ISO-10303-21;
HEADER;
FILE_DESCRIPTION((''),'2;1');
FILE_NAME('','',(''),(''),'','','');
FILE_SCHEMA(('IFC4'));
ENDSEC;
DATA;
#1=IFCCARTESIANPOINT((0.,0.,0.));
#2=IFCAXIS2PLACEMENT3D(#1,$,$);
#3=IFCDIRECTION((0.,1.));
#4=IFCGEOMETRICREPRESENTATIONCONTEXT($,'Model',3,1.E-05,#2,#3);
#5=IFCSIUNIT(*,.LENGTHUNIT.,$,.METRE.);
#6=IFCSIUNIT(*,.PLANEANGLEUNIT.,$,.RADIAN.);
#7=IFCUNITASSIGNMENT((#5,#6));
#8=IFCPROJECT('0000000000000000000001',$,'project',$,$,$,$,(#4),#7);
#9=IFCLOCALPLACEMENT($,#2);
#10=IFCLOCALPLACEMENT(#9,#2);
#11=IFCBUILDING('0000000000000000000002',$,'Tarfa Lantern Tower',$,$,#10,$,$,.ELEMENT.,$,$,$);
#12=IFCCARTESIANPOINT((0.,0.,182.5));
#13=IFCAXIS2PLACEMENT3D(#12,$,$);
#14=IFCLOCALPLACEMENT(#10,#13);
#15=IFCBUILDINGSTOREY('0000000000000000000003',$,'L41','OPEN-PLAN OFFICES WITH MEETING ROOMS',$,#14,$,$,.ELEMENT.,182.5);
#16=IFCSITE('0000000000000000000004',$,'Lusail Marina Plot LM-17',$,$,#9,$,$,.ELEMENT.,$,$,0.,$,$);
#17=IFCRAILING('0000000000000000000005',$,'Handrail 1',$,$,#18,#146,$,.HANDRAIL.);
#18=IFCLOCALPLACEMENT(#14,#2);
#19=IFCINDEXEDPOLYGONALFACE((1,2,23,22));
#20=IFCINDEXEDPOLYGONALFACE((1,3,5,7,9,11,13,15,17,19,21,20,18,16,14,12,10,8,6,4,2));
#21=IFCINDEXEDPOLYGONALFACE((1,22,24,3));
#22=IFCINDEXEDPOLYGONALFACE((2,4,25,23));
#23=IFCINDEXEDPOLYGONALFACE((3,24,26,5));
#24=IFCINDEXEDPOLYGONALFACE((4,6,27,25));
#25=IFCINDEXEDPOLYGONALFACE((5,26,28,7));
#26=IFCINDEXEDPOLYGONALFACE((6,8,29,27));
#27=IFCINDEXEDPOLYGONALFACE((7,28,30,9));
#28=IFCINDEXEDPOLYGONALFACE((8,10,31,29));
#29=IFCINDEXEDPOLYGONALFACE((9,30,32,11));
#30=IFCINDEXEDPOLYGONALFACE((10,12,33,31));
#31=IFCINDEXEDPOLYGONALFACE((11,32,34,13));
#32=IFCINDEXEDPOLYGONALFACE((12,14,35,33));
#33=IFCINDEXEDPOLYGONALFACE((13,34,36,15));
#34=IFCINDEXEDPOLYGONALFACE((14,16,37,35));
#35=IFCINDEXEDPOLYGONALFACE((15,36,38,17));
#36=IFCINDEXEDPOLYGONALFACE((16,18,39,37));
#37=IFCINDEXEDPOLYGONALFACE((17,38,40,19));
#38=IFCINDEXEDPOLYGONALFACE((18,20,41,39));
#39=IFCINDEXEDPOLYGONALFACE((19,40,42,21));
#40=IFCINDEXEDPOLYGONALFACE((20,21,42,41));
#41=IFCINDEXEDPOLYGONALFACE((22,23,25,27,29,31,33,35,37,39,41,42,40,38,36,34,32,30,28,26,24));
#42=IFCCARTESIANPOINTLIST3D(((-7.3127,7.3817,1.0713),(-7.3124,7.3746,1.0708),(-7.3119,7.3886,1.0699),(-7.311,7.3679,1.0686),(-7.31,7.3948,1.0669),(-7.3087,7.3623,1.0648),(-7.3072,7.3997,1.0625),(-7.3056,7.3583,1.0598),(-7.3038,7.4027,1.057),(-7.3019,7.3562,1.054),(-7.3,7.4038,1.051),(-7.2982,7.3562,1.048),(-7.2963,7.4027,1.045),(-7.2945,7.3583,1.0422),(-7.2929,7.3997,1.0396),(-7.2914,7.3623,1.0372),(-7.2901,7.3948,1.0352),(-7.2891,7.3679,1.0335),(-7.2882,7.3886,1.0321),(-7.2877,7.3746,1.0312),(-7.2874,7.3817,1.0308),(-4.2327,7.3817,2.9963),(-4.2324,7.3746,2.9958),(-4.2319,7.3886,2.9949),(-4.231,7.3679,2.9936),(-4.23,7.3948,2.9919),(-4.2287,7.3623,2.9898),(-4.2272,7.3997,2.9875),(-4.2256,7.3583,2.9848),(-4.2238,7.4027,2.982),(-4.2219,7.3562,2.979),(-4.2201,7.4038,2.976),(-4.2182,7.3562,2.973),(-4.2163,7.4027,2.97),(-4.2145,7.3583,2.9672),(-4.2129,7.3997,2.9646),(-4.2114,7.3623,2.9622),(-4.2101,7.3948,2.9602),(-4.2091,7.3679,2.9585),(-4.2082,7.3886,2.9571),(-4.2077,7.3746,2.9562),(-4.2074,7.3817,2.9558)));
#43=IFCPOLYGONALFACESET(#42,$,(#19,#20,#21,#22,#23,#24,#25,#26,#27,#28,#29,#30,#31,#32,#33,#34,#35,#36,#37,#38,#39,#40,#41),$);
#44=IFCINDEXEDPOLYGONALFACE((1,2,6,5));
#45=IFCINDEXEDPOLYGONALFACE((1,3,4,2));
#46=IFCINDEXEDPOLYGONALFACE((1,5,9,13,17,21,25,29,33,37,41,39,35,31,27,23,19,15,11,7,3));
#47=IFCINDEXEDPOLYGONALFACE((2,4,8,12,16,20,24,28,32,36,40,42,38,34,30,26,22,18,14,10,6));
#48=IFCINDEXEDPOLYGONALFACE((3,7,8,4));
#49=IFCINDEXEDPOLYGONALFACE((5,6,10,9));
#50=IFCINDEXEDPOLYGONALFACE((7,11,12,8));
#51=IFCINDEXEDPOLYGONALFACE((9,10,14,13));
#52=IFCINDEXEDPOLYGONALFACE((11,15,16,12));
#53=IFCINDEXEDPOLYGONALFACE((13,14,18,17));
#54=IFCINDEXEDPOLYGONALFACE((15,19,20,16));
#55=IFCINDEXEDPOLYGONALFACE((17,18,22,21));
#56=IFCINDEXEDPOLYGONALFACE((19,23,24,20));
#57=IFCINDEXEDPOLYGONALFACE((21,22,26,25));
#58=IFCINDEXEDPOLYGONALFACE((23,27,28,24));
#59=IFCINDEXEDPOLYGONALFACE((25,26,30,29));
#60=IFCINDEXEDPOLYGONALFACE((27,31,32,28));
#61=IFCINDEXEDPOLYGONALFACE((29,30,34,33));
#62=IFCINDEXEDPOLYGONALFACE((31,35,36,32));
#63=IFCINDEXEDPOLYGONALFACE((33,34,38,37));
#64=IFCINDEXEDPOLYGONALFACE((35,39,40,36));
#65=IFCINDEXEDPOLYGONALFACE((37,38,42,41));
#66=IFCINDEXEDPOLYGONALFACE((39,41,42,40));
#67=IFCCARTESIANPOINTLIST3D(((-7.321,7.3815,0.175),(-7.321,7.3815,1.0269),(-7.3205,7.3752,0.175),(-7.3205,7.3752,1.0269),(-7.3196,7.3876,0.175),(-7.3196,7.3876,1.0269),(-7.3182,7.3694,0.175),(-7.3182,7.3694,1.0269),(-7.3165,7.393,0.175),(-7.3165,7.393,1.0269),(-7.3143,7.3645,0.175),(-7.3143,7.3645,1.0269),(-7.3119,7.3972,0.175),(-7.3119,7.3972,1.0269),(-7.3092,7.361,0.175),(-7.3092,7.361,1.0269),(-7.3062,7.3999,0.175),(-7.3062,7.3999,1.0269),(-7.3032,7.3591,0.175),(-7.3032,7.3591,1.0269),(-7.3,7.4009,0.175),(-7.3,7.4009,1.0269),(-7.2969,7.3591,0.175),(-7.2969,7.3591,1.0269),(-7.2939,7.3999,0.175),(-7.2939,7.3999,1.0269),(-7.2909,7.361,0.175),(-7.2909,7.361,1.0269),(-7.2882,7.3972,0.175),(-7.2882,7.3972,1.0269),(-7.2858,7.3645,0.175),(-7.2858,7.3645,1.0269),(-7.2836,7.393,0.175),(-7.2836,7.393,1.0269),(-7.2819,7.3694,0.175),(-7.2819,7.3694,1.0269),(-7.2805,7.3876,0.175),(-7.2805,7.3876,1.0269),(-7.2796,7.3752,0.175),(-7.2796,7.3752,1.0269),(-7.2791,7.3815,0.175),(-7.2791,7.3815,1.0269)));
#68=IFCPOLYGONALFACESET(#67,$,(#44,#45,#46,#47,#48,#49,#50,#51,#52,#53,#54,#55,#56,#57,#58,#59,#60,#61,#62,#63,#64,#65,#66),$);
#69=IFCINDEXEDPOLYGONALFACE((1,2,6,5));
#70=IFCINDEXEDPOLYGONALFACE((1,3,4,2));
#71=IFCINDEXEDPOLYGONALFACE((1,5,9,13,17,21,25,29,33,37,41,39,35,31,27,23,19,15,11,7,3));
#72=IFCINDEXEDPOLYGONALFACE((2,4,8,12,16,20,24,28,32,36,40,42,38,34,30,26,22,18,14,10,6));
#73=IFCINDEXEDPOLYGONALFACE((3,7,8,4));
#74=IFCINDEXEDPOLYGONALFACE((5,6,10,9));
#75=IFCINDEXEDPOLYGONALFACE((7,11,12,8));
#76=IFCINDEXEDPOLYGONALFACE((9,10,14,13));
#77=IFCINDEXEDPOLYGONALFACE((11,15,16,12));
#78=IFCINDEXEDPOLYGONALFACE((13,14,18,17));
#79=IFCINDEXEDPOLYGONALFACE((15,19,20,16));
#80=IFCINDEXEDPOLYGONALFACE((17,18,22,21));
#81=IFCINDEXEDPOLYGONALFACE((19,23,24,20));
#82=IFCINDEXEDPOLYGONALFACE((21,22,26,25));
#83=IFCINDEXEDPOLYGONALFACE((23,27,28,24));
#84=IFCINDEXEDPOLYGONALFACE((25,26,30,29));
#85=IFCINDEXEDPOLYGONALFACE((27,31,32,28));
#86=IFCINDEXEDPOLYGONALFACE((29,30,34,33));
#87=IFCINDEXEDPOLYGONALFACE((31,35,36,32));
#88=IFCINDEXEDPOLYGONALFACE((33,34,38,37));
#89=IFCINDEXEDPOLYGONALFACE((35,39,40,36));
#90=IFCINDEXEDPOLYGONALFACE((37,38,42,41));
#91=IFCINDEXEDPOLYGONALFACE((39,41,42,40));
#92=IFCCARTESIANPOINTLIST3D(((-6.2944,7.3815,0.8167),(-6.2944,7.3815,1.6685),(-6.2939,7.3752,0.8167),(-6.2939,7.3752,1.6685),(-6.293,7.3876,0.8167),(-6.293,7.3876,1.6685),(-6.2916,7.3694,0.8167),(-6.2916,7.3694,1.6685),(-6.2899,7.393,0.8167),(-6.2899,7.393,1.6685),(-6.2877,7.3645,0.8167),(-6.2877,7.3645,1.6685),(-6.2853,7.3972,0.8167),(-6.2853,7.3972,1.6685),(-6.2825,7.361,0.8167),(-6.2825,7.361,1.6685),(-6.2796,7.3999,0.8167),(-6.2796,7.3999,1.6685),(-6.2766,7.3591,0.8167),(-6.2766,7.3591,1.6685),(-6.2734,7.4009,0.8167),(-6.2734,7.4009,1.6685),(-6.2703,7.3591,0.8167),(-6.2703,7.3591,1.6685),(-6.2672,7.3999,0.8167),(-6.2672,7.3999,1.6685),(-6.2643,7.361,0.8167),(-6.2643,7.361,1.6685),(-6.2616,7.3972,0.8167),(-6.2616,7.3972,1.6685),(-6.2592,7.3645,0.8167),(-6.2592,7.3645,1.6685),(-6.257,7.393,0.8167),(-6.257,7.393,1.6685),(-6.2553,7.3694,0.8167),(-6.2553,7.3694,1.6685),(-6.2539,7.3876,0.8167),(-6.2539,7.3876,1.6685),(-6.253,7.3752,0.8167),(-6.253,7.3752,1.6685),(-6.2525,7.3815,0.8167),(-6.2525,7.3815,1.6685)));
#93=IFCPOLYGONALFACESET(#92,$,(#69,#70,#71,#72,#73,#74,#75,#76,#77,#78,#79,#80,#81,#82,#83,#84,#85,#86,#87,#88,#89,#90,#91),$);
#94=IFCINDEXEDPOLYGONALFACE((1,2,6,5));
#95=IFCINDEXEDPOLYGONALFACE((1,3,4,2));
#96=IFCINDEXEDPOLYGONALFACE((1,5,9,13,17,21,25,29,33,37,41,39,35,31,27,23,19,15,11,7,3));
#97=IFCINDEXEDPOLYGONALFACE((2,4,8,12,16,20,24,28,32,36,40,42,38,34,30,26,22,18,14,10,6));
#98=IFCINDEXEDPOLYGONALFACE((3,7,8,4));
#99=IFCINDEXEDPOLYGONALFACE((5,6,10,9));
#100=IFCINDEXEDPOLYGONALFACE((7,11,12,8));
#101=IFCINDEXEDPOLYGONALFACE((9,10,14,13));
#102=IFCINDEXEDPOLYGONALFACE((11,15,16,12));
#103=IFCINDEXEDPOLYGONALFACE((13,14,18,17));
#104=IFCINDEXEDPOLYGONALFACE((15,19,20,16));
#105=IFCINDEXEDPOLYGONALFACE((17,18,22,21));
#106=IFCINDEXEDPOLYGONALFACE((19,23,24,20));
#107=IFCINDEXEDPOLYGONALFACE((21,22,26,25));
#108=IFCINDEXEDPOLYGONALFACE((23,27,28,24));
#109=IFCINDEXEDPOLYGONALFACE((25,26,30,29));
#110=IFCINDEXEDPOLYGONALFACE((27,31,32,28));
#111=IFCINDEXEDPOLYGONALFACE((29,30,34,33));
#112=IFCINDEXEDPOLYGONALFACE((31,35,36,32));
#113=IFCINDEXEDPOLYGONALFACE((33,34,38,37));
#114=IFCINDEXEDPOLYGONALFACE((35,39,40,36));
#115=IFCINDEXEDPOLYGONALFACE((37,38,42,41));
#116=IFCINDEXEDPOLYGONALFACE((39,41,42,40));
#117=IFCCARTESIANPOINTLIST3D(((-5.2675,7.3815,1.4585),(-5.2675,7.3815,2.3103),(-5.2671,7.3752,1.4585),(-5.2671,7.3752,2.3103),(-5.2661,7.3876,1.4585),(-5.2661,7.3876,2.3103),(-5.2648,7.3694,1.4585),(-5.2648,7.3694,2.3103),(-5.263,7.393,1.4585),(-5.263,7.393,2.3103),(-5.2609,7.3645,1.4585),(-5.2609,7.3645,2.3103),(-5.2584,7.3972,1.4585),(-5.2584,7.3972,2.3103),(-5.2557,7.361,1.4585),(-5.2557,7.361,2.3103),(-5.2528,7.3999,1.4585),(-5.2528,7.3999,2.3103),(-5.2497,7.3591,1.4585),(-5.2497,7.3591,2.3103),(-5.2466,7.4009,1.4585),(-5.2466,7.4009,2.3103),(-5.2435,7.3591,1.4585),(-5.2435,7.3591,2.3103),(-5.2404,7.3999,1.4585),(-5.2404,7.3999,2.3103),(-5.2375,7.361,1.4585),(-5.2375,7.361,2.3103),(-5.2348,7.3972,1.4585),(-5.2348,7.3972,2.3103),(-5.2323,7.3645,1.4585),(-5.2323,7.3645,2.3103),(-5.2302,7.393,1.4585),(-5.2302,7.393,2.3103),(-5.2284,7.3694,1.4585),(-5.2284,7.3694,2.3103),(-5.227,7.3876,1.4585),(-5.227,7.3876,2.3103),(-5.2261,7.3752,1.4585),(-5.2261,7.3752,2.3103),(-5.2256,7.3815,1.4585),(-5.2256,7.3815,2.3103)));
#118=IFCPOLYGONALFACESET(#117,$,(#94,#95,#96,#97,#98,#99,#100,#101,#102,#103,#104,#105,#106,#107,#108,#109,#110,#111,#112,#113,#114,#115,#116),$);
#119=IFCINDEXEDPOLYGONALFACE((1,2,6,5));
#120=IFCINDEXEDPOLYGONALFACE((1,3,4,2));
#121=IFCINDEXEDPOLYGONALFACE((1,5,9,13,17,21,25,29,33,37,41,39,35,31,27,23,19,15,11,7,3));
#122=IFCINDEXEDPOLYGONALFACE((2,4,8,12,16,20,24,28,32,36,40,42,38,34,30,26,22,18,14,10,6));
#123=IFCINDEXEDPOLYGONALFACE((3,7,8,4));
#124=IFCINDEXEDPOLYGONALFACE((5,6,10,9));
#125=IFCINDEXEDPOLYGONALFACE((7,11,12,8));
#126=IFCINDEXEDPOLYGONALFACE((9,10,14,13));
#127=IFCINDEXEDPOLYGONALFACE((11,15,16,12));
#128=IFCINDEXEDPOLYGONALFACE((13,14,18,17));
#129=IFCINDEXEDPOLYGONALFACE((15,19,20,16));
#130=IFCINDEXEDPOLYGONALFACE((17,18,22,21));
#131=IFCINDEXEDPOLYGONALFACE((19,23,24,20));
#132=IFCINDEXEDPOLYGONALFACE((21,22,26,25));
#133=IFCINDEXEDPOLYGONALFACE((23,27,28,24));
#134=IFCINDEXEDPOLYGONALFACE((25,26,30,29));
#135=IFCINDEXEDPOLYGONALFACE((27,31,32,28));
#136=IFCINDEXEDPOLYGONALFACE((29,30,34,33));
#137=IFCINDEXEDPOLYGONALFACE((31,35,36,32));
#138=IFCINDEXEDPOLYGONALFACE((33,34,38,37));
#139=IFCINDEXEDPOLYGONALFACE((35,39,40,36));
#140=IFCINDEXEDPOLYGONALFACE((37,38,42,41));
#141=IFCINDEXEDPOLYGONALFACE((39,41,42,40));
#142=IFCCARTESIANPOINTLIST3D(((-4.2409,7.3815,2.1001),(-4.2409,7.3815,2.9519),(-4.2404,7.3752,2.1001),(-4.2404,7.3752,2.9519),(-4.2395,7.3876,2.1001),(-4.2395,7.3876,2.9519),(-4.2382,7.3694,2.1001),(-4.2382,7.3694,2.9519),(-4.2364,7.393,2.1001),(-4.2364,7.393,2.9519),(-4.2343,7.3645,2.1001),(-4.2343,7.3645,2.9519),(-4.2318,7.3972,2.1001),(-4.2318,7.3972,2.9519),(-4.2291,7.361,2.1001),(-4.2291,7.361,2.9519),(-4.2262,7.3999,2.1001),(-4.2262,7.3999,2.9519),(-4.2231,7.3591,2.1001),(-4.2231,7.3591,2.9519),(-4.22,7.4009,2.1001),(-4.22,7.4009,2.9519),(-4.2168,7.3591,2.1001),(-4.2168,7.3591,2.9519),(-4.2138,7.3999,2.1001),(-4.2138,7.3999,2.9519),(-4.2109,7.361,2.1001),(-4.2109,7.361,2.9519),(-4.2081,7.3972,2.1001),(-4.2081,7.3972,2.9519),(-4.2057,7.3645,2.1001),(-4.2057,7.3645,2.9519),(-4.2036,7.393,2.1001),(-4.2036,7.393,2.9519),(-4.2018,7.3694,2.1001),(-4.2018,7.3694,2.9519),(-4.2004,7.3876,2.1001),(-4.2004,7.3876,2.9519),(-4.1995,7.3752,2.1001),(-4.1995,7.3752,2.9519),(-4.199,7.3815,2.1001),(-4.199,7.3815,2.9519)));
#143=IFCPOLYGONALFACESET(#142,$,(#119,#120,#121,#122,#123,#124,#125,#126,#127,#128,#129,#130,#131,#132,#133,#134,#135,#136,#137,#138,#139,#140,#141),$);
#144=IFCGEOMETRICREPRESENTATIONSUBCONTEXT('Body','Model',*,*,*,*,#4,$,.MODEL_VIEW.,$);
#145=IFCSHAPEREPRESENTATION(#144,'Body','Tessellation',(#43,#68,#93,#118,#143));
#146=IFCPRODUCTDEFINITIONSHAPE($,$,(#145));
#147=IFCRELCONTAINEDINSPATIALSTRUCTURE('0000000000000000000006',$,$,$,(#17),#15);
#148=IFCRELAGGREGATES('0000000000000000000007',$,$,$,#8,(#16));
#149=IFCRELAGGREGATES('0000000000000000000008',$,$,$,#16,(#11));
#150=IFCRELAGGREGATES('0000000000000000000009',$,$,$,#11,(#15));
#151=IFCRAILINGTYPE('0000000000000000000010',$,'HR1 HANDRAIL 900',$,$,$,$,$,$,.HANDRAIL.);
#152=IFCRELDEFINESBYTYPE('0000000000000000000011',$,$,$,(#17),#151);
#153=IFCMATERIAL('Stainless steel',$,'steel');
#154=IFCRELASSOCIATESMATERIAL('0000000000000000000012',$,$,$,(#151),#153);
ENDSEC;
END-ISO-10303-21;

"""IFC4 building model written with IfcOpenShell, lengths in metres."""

from ifc_helpers import new_model, si_unit, direction, frame, origin, origin_2d, place, context, subcontext, project, spatial, circle, extrude, material, type_object, element, save


model = new_model("IFC4")

# Units and contexts
model_context = context("Model", 3, precision=1e-05, world=origin(), true_north=direction((0.0, 1.0)))
body_context = subcontext(model_context, "Body", "Model", "MODEL_VIEW")
ifc_project = project(units=[si_unit("LENGTHUNIT", "METRE"), si_unit("PLANEANGLEUNIT", "RADIAN")], contexts=[model_context])

# Site, building, storey
site_placement = place(None, origin())
site = spatial("IfcSite", under=ifc_project, at=site_placement, Name="Lusail Marina Plot LM-17", CompositionType="ELEMENT", RefElevation=0.0)
building_placement = place(site_placement, origin())
building = spatial("IfcBuilding", under=site, at=building_placement, Name="Tarfa Lantern Tower", CompositionType="ELEMENT")
storey_placement = place(building_placement, frame((0.0, 0.0, 182.5)))
storey = spatial("IfcBuildingStorey", under=building, at=storey_placement, Name="L41", Description="OPEN-PLAN OFFICES WITH MEETING ROOMS", CompositionType="ELEMENT", Elevation=182.5)

# Railing
ifc_material_1 = material(Name="Stainless steel", Category="steel")
railing_type = type_object("IfcRailingType", Name="HR1 HANDRAIL 900", PredefinedType="HANDRAIL", material=ifc_material_1)
railing_1_placement = place(storey_placement, frame((-7.3, 7.3799, 0.175)))
element("IfcRailing", 1, at=railing_1_placement, inside=storey, type_object=railing_type, Name="Handrail 1", PredefinedType="HANDRAIL", context=body_context, shape_type="SweptSolid", body=[
    extrude(circle(Radius=0.0239, at=origin_2d()), frame((0.0, 0.0, 0.876), z_axis=(0.847998, 0.0, 0.529999), x_axis=(0.0, 1.0, 0.0)), (0.0, 0.0, 1.0), 3.6321),
    extrude(circle(Radius=0.021, at=origin_2d()), frame((0.0, 0.0, 0.0), z_axis=(0.0, 0.0, 1.0), x_axis=(0.0, 1.0, 0.0)), (0.0, 0.0, 1.0), 0.8518),
    extrude(circle(Radius=0.021, at=origin_2d()), frame((1.0266, 0.0, 0.6416), z_axis=(0.0, 0.0, 1.0), x_axis=(0.0, 1.0, 0.0)), (0.0, 0.0, 1.0), 0.8518),
    extrude(circle(Radius=0.021, at=origin_2d()), frame((2.0535, 0.0, 1.2834), z_axis=(0.0, 0.0, 1.0), x_axis=(0.0, 1.0, 0.0)), (0.0, 0.0, 1.0), 0.8518),
    extrude(circle(Radius=0.021, at=origin_2d()), frame((3.0801, 0.0, 1.925), z_axis=(0.0, 0.0, 1.0), x_axis=(0.0, 1.0, 0.0)), (0.0, 0.0, 1.0), 0.8518),
])

save(model, "model.ifc")
